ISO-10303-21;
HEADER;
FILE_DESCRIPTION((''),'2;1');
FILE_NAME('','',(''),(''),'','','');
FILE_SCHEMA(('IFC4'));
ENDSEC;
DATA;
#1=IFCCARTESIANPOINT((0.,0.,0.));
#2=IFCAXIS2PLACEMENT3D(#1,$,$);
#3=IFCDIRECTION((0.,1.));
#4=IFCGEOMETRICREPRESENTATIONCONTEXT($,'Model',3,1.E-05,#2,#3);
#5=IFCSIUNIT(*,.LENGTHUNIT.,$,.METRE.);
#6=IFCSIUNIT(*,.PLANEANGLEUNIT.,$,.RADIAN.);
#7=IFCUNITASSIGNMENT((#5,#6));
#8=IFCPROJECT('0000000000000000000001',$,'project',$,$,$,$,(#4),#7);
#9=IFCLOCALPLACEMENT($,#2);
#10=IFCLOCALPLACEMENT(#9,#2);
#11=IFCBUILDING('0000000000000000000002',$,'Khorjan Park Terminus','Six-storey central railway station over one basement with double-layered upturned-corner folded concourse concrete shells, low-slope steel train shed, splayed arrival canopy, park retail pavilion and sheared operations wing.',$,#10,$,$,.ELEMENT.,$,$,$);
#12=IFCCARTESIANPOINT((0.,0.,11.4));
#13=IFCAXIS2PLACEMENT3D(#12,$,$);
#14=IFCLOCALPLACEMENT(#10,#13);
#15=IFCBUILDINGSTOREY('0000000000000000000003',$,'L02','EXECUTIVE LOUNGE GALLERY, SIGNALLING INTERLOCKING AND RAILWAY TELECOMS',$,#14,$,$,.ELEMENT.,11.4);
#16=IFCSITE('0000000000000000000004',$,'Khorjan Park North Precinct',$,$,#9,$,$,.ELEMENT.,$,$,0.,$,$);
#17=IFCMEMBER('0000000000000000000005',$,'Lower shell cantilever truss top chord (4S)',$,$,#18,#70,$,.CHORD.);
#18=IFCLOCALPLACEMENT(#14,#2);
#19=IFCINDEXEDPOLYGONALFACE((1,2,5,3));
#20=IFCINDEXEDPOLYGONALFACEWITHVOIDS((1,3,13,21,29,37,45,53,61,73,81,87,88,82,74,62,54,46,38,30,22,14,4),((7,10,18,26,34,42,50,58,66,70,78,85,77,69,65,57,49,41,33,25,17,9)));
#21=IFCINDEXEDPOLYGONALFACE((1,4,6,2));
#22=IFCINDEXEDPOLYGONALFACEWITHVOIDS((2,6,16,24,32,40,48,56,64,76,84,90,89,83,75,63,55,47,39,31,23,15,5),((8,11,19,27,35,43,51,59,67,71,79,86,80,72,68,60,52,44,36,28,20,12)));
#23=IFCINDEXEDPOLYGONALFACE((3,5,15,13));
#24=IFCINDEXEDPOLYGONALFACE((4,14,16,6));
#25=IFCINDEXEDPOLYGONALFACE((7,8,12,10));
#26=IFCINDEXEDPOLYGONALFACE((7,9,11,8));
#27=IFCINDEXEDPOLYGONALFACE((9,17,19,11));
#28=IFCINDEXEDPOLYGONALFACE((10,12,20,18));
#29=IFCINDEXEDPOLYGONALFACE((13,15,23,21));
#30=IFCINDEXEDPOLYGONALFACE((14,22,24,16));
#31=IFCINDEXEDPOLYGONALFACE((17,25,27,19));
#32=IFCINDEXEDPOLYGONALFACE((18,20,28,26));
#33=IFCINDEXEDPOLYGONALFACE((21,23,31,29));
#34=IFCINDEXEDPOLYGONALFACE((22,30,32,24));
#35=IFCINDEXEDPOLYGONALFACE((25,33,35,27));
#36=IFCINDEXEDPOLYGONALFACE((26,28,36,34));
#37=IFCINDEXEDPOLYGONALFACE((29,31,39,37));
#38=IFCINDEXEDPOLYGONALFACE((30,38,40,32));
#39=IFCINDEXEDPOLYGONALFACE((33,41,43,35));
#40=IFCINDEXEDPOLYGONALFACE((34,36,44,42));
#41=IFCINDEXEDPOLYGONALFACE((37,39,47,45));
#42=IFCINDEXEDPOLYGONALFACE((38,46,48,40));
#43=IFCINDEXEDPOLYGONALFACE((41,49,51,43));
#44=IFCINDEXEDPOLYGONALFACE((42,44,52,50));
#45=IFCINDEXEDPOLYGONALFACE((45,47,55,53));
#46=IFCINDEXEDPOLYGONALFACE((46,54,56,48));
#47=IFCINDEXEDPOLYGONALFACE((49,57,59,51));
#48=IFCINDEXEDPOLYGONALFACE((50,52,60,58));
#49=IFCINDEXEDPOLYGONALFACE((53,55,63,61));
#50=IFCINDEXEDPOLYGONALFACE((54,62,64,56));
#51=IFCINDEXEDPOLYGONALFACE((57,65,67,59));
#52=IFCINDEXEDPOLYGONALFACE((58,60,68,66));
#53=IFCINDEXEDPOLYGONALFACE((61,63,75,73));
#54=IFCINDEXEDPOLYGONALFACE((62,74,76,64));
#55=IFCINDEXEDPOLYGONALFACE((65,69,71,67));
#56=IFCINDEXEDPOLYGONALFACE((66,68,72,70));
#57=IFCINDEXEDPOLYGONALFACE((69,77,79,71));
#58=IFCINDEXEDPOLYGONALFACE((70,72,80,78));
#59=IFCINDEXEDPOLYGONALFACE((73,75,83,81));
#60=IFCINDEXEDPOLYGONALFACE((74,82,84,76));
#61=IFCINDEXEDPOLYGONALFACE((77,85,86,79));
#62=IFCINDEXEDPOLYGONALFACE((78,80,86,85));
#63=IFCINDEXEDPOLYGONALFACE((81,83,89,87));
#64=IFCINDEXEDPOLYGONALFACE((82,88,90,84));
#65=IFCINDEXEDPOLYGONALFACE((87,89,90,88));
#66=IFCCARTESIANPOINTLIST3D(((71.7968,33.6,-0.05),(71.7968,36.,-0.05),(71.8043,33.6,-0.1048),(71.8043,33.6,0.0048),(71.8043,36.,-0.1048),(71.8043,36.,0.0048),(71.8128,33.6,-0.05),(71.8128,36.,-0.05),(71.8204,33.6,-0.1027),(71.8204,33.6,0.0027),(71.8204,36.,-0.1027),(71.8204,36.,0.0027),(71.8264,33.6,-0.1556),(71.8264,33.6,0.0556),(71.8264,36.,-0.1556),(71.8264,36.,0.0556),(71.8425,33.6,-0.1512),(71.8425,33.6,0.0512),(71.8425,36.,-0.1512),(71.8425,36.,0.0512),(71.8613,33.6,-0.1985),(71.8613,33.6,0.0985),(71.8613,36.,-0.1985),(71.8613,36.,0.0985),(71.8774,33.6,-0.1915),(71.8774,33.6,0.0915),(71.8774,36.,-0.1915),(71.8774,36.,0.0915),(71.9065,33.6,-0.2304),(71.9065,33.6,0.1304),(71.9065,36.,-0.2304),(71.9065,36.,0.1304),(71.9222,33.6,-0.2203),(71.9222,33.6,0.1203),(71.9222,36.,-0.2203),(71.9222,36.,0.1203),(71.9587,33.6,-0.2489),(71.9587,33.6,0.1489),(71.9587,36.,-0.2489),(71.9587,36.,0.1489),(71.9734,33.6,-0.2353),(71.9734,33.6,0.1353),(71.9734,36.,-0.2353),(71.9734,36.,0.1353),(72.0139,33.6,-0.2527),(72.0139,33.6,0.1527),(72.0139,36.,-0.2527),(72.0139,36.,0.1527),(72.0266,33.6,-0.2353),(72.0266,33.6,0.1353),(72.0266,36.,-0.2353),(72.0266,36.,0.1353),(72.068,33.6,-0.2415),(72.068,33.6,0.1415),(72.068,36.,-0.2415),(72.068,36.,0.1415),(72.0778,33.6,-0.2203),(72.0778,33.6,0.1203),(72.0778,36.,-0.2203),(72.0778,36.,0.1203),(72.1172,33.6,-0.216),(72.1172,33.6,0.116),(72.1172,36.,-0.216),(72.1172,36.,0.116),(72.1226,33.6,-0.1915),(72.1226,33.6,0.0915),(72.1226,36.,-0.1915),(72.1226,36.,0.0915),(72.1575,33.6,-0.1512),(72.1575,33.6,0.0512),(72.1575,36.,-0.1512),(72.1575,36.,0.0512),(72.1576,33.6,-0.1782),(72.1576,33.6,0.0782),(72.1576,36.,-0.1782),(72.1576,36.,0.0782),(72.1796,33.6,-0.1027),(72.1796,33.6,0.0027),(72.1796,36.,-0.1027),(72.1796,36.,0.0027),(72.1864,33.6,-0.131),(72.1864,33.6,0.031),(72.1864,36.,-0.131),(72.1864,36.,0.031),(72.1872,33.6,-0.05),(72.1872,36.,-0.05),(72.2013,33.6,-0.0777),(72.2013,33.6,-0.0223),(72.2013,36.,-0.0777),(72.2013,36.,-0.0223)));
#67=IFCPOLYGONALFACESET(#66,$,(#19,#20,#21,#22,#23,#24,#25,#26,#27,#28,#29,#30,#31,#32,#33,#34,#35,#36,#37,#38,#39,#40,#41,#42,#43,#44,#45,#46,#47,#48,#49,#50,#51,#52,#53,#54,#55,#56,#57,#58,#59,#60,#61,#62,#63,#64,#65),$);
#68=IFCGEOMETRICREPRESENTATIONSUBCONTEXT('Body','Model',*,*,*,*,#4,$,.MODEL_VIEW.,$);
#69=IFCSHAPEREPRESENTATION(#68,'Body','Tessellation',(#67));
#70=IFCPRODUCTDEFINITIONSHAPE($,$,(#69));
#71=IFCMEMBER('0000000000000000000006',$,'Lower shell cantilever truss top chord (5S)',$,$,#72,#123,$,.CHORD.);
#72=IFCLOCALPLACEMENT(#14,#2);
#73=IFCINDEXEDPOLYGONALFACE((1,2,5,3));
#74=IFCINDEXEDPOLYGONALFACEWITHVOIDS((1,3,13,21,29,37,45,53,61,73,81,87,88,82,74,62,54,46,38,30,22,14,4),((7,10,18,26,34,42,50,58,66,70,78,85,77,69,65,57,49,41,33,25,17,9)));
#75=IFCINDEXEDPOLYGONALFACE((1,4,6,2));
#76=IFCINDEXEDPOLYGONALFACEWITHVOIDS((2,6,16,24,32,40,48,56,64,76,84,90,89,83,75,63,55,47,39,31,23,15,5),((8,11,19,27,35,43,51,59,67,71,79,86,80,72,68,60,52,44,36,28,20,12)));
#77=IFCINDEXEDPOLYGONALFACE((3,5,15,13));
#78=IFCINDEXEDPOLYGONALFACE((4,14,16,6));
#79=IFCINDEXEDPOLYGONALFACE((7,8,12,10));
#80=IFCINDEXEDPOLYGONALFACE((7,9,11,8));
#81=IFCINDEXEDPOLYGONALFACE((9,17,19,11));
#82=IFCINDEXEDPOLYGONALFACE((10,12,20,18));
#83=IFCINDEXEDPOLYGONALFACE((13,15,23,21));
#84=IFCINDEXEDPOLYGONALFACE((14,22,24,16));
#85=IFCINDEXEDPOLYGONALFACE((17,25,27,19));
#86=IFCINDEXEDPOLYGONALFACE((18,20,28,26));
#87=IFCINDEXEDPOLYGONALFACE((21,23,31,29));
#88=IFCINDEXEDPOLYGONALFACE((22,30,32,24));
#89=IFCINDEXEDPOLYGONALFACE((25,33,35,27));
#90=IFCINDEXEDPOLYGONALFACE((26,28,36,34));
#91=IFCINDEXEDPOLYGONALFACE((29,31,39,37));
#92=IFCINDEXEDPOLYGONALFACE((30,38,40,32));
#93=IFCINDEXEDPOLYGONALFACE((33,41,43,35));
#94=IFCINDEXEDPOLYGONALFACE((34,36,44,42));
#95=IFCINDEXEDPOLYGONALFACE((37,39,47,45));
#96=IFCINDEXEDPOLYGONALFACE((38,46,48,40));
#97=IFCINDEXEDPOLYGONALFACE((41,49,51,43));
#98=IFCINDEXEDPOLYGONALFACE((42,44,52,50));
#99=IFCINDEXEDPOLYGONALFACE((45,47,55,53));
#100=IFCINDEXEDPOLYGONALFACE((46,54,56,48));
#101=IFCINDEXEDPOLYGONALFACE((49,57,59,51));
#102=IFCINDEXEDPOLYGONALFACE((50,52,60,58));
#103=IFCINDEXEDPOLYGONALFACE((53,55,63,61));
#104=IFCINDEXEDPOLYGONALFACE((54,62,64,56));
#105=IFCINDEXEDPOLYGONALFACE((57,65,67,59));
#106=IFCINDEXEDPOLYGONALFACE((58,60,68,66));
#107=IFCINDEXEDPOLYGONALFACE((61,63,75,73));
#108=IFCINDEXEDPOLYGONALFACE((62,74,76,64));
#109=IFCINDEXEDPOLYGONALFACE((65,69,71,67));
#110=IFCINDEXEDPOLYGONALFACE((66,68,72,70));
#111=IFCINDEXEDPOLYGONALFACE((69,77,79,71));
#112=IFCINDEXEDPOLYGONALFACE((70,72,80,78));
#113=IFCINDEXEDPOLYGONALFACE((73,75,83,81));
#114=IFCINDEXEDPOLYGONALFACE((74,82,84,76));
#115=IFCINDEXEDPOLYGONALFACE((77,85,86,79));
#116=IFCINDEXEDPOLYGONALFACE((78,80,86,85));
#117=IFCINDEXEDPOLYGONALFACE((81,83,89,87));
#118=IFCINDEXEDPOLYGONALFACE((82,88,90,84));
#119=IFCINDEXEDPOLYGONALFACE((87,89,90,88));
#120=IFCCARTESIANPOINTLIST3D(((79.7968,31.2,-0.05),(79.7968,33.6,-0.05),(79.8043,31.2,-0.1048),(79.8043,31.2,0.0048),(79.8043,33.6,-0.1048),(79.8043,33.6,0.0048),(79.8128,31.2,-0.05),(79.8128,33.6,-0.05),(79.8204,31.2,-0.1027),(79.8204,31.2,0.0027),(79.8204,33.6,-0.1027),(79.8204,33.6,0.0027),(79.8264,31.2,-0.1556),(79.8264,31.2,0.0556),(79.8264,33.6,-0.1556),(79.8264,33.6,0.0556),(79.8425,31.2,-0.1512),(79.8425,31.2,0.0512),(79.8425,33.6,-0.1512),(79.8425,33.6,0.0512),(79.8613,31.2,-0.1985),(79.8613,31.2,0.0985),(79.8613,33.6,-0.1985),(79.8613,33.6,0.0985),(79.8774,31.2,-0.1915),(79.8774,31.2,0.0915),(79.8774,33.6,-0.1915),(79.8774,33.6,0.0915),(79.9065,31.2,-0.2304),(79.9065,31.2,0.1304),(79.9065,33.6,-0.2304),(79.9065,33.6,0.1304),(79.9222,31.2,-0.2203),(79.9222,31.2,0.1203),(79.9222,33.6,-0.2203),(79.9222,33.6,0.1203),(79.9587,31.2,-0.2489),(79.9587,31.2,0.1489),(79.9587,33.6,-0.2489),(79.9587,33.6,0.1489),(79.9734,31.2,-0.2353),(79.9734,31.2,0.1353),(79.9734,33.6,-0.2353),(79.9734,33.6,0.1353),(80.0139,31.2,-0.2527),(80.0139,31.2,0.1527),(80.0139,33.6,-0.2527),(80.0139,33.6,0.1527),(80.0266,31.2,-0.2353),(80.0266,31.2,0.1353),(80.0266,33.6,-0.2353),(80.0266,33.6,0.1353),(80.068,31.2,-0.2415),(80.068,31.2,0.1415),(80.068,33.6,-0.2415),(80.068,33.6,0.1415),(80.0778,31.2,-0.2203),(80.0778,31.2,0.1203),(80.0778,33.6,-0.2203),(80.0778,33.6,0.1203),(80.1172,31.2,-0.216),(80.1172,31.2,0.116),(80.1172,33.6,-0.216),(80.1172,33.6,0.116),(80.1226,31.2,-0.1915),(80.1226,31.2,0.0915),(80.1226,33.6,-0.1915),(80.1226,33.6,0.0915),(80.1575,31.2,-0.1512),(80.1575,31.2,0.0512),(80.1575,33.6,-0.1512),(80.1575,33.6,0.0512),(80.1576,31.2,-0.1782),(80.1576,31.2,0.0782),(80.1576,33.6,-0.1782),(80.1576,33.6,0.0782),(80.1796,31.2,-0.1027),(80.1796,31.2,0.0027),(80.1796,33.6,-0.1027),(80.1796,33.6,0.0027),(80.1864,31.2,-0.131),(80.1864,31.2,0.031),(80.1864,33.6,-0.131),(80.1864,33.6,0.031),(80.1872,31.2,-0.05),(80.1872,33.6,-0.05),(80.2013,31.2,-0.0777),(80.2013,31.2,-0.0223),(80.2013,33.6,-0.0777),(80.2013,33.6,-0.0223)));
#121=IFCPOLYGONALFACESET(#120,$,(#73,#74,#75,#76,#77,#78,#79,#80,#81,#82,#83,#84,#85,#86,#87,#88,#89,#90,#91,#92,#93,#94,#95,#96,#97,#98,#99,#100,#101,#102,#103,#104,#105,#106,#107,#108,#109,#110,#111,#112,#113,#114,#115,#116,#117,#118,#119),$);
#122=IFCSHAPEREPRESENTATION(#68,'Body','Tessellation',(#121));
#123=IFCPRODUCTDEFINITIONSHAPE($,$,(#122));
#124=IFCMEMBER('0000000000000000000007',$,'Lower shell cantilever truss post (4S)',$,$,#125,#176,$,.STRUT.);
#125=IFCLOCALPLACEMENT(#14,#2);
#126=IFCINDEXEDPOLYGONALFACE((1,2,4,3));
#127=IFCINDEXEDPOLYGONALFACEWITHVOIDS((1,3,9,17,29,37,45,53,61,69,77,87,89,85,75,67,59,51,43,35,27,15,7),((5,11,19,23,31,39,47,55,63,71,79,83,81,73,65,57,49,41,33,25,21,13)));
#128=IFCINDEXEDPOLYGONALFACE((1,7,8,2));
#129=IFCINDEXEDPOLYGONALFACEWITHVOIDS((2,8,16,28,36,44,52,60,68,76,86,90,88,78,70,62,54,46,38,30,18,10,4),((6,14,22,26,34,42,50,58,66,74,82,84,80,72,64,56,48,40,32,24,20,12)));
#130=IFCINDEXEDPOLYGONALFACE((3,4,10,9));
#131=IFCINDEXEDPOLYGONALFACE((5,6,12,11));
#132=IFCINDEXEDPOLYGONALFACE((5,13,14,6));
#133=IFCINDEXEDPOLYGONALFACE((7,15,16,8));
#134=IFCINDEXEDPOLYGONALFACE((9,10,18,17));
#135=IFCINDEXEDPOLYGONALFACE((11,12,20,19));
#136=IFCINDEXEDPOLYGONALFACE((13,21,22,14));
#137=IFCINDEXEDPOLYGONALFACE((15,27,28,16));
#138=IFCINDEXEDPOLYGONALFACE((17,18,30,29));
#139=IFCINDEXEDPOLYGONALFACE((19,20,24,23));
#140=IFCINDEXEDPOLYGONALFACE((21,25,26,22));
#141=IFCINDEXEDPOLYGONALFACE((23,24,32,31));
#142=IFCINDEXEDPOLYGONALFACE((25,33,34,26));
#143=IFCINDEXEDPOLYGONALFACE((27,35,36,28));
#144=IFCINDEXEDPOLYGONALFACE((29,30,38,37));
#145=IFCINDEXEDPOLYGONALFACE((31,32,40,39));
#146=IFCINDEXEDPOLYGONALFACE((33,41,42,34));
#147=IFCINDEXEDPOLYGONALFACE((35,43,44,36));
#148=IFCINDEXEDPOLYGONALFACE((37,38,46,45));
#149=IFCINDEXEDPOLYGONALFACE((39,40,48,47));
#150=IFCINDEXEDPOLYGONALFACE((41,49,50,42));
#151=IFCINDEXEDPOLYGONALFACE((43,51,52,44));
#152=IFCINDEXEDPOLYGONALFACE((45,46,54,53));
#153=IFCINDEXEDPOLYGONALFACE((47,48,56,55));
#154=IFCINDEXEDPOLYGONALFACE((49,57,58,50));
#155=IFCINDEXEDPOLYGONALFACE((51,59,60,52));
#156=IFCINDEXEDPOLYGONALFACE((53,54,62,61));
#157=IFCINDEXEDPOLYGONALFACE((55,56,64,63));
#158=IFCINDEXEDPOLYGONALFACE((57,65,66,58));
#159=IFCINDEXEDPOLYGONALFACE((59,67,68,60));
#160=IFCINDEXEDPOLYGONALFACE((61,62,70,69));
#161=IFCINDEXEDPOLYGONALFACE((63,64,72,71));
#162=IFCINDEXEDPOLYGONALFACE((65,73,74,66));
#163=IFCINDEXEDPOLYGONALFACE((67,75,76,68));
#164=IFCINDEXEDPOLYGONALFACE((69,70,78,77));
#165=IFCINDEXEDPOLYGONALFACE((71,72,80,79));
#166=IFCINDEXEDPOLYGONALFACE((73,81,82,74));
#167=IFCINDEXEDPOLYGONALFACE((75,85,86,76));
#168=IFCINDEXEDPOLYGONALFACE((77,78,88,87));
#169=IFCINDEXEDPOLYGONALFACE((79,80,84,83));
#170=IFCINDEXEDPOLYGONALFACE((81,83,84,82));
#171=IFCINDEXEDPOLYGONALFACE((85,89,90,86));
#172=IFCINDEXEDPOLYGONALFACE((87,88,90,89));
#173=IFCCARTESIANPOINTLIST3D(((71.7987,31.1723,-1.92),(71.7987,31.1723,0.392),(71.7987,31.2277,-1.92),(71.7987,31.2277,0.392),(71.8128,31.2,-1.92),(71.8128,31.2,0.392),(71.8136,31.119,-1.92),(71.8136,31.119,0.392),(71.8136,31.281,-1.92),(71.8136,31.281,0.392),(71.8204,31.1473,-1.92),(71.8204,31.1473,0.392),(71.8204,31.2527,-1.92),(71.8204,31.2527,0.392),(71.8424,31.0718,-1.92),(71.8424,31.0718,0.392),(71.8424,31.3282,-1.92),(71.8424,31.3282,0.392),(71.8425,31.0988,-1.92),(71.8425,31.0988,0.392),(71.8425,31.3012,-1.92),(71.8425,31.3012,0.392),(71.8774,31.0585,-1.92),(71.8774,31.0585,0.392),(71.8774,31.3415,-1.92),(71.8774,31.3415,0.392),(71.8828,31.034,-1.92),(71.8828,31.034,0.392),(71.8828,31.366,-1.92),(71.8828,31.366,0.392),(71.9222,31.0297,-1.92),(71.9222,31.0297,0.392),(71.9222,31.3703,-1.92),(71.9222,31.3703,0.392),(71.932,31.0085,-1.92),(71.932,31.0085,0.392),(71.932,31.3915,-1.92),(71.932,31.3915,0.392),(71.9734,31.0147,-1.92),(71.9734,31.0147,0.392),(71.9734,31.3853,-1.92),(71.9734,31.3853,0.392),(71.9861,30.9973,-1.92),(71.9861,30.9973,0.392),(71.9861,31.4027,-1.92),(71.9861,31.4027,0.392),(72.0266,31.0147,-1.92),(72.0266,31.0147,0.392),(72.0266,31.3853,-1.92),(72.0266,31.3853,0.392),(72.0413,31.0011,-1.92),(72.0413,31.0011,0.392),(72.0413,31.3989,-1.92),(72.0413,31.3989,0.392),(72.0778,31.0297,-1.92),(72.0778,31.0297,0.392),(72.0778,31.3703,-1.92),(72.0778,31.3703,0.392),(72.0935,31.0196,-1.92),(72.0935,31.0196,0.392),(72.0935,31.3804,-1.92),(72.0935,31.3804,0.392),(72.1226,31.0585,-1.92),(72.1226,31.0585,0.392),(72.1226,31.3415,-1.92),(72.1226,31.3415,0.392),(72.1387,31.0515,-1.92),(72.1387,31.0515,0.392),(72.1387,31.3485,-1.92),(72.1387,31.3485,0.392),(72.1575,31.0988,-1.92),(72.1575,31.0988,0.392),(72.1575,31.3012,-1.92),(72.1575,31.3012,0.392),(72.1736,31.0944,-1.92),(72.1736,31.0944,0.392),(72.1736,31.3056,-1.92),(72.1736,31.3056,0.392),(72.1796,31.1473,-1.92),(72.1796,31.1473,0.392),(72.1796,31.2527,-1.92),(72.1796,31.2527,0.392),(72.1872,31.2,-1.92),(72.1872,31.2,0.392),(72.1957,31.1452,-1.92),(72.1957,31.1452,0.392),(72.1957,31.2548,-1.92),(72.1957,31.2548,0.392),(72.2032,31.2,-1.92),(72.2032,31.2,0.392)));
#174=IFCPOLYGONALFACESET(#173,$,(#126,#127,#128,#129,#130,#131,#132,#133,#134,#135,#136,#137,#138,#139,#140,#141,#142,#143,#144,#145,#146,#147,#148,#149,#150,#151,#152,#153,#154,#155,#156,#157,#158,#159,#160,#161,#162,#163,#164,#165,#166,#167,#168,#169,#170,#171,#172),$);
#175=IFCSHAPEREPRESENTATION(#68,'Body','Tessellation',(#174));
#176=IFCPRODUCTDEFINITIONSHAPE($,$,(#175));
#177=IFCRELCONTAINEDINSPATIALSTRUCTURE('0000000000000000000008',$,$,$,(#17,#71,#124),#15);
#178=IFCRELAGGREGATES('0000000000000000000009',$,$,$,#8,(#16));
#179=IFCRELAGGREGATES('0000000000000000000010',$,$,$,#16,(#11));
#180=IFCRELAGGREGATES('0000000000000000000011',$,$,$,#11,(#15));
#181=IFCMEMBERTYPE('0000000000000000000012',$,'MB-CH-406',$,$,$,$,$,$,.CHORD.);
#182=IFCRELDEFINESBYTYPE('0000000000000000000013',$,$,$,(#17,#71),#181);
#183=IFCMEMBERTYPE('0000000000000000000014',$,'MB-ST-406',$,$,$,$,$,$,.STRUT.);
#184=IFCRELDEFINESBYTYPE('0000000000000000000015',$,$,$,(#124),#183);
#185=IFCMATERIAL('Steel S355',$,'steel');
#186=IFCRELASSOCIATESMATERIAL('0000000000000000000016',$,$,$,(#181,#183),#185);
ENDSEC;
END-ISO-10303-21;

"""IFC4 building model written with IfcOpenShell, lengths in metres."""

from ifc_helpers import new_model, si_unit, direction, frame, origin, origin_2d, place, context, subcontext, project, spatial, hollow_circle, extrude, material, material_profile, profile_set, type_object, element, save


model = new_model("IFC4")

# Units and contexts
model_context = context("Model", 3, precision=1e-05, world=origin(), true_north=direction((0.0, 1.0)))
body_context = subcontext(model_context, "Body", "Model", "MODEL_VIEW")
ifc_project = project(units=[si_unit("LENGTHUNIT", "METRE"), si_unit("PLANEANGLEUNIT", "RADIAN")], contexts=[model_context])

# Site, building, storey
site_placement = place(None, origin())
site = spatial("IfcSite", under=ifc_project, at=site_placement, Name="Khorjan Park North Precinct", CompositionType="ELEMENT", RefElevation=0.0)
building_placement = place(site_placement, origin())
building = spatial("IfcBuilding", under=site, at=building_placement, Name="Khorjan Park Terminus", Description="Six-storey central railway station over one basement with double-layered upturned-corner folded concourse concrete shells, low-slope steel train shed, splayed arrival canopy, park retail pavilion and sheared operations wing.", CompositionType="ELEMENT")
storey_placement = place(building_placement, frame((0.0, 0.0, 11.4)))
storey = spatial("IfcBuildingStorey", under=building, at=storey_placement, Name="L02", Description="EXECUTIVE LOUNGE GALLERY, SIGNALLING INTERLOCKING AND RAILWAY TELECOMS", CompositionType="ELEMENT", Elevation=11.4)

# Members
ifc_material = material(Name="Steel S355", Category="steel")
ifc_material_profile_1 = material_profile(ifc_material, hollow_circle(Radius=0.2032, WallThickness=0.016, at=origin_2d()), Name="CHS 406.4x16")
ifc_profile_set_1 = profile_set([ifc_material_profile_1], Name="Steel S355")
member_type_1 = type_object("IfcMemberType", Name="MB-CH-406", PredefinedType="CHORD", material=ifc_profile_set_1)
for number, where, z_axis, x_axis, name in (
    (1, (72.0, 33.6, -0.05), (0.0, 1.0, 0.0), (-1.0, 0.0, 0.0), "Lower shell cantilever truss top chord (4S)"),
    (2, (80.0, 31.2, -0.05), (0.0, 1.0, 0.0), (-1.0, 0.0, 0.0), "Lower shell cantilever truss top chord (5S)"),
):
    element("IfcMember", number, at=place(storey_placement, frame(where, z_axis=z_axis, x_axis=x_axis)), inside=storey, type_object=member_type_1, Name=name, PredefinedType="CHORD", context=body_context, shape_type="SweptSolid", body=[
        extrude(hollow_circle(Radius=0.2032, WallThickness=0.016, at=origin_2d()), origin(), (0.0, 0.0, 1.0), 2.4),
    ])
ifc_material_profile_2 = material_profile(ifc_material, hollow_circle(Radius=0.2032, WallThickness=0.016, at=origin_2d()), Name="CHS 406.4x16")
ifc_profile_set_2 = profile_set([ifc_material_profile_2], Name="Steel S355")
member_type_2 = type_object("IfcMemberType", Name="MB-ST-406", PredefinedType="STRUT", material=ifc_profile_set_2)
member_1_placement = place(storey_placement, frame((72.0, 31.2, -1.92), z_axis=(0.0, 0.0, 1.0), x_axis=(1.0, 0.0, 0.0)))
element("IfcMember", 3, at=member_1_placement, inside=storey, type_object=member_type_2, Name="Lower shell cantilever truss post (4S)", PredefinedType="STRUT", context=body_context, shape_type="SweptSolid", body=[
    extrude(hollow_circle(Radius=0.2032, WallThickness=0.016, at=origin_2d()), origin(), (0.0, 0.0, 1.0), 2.312),
])

save(model, "model.ifc")
